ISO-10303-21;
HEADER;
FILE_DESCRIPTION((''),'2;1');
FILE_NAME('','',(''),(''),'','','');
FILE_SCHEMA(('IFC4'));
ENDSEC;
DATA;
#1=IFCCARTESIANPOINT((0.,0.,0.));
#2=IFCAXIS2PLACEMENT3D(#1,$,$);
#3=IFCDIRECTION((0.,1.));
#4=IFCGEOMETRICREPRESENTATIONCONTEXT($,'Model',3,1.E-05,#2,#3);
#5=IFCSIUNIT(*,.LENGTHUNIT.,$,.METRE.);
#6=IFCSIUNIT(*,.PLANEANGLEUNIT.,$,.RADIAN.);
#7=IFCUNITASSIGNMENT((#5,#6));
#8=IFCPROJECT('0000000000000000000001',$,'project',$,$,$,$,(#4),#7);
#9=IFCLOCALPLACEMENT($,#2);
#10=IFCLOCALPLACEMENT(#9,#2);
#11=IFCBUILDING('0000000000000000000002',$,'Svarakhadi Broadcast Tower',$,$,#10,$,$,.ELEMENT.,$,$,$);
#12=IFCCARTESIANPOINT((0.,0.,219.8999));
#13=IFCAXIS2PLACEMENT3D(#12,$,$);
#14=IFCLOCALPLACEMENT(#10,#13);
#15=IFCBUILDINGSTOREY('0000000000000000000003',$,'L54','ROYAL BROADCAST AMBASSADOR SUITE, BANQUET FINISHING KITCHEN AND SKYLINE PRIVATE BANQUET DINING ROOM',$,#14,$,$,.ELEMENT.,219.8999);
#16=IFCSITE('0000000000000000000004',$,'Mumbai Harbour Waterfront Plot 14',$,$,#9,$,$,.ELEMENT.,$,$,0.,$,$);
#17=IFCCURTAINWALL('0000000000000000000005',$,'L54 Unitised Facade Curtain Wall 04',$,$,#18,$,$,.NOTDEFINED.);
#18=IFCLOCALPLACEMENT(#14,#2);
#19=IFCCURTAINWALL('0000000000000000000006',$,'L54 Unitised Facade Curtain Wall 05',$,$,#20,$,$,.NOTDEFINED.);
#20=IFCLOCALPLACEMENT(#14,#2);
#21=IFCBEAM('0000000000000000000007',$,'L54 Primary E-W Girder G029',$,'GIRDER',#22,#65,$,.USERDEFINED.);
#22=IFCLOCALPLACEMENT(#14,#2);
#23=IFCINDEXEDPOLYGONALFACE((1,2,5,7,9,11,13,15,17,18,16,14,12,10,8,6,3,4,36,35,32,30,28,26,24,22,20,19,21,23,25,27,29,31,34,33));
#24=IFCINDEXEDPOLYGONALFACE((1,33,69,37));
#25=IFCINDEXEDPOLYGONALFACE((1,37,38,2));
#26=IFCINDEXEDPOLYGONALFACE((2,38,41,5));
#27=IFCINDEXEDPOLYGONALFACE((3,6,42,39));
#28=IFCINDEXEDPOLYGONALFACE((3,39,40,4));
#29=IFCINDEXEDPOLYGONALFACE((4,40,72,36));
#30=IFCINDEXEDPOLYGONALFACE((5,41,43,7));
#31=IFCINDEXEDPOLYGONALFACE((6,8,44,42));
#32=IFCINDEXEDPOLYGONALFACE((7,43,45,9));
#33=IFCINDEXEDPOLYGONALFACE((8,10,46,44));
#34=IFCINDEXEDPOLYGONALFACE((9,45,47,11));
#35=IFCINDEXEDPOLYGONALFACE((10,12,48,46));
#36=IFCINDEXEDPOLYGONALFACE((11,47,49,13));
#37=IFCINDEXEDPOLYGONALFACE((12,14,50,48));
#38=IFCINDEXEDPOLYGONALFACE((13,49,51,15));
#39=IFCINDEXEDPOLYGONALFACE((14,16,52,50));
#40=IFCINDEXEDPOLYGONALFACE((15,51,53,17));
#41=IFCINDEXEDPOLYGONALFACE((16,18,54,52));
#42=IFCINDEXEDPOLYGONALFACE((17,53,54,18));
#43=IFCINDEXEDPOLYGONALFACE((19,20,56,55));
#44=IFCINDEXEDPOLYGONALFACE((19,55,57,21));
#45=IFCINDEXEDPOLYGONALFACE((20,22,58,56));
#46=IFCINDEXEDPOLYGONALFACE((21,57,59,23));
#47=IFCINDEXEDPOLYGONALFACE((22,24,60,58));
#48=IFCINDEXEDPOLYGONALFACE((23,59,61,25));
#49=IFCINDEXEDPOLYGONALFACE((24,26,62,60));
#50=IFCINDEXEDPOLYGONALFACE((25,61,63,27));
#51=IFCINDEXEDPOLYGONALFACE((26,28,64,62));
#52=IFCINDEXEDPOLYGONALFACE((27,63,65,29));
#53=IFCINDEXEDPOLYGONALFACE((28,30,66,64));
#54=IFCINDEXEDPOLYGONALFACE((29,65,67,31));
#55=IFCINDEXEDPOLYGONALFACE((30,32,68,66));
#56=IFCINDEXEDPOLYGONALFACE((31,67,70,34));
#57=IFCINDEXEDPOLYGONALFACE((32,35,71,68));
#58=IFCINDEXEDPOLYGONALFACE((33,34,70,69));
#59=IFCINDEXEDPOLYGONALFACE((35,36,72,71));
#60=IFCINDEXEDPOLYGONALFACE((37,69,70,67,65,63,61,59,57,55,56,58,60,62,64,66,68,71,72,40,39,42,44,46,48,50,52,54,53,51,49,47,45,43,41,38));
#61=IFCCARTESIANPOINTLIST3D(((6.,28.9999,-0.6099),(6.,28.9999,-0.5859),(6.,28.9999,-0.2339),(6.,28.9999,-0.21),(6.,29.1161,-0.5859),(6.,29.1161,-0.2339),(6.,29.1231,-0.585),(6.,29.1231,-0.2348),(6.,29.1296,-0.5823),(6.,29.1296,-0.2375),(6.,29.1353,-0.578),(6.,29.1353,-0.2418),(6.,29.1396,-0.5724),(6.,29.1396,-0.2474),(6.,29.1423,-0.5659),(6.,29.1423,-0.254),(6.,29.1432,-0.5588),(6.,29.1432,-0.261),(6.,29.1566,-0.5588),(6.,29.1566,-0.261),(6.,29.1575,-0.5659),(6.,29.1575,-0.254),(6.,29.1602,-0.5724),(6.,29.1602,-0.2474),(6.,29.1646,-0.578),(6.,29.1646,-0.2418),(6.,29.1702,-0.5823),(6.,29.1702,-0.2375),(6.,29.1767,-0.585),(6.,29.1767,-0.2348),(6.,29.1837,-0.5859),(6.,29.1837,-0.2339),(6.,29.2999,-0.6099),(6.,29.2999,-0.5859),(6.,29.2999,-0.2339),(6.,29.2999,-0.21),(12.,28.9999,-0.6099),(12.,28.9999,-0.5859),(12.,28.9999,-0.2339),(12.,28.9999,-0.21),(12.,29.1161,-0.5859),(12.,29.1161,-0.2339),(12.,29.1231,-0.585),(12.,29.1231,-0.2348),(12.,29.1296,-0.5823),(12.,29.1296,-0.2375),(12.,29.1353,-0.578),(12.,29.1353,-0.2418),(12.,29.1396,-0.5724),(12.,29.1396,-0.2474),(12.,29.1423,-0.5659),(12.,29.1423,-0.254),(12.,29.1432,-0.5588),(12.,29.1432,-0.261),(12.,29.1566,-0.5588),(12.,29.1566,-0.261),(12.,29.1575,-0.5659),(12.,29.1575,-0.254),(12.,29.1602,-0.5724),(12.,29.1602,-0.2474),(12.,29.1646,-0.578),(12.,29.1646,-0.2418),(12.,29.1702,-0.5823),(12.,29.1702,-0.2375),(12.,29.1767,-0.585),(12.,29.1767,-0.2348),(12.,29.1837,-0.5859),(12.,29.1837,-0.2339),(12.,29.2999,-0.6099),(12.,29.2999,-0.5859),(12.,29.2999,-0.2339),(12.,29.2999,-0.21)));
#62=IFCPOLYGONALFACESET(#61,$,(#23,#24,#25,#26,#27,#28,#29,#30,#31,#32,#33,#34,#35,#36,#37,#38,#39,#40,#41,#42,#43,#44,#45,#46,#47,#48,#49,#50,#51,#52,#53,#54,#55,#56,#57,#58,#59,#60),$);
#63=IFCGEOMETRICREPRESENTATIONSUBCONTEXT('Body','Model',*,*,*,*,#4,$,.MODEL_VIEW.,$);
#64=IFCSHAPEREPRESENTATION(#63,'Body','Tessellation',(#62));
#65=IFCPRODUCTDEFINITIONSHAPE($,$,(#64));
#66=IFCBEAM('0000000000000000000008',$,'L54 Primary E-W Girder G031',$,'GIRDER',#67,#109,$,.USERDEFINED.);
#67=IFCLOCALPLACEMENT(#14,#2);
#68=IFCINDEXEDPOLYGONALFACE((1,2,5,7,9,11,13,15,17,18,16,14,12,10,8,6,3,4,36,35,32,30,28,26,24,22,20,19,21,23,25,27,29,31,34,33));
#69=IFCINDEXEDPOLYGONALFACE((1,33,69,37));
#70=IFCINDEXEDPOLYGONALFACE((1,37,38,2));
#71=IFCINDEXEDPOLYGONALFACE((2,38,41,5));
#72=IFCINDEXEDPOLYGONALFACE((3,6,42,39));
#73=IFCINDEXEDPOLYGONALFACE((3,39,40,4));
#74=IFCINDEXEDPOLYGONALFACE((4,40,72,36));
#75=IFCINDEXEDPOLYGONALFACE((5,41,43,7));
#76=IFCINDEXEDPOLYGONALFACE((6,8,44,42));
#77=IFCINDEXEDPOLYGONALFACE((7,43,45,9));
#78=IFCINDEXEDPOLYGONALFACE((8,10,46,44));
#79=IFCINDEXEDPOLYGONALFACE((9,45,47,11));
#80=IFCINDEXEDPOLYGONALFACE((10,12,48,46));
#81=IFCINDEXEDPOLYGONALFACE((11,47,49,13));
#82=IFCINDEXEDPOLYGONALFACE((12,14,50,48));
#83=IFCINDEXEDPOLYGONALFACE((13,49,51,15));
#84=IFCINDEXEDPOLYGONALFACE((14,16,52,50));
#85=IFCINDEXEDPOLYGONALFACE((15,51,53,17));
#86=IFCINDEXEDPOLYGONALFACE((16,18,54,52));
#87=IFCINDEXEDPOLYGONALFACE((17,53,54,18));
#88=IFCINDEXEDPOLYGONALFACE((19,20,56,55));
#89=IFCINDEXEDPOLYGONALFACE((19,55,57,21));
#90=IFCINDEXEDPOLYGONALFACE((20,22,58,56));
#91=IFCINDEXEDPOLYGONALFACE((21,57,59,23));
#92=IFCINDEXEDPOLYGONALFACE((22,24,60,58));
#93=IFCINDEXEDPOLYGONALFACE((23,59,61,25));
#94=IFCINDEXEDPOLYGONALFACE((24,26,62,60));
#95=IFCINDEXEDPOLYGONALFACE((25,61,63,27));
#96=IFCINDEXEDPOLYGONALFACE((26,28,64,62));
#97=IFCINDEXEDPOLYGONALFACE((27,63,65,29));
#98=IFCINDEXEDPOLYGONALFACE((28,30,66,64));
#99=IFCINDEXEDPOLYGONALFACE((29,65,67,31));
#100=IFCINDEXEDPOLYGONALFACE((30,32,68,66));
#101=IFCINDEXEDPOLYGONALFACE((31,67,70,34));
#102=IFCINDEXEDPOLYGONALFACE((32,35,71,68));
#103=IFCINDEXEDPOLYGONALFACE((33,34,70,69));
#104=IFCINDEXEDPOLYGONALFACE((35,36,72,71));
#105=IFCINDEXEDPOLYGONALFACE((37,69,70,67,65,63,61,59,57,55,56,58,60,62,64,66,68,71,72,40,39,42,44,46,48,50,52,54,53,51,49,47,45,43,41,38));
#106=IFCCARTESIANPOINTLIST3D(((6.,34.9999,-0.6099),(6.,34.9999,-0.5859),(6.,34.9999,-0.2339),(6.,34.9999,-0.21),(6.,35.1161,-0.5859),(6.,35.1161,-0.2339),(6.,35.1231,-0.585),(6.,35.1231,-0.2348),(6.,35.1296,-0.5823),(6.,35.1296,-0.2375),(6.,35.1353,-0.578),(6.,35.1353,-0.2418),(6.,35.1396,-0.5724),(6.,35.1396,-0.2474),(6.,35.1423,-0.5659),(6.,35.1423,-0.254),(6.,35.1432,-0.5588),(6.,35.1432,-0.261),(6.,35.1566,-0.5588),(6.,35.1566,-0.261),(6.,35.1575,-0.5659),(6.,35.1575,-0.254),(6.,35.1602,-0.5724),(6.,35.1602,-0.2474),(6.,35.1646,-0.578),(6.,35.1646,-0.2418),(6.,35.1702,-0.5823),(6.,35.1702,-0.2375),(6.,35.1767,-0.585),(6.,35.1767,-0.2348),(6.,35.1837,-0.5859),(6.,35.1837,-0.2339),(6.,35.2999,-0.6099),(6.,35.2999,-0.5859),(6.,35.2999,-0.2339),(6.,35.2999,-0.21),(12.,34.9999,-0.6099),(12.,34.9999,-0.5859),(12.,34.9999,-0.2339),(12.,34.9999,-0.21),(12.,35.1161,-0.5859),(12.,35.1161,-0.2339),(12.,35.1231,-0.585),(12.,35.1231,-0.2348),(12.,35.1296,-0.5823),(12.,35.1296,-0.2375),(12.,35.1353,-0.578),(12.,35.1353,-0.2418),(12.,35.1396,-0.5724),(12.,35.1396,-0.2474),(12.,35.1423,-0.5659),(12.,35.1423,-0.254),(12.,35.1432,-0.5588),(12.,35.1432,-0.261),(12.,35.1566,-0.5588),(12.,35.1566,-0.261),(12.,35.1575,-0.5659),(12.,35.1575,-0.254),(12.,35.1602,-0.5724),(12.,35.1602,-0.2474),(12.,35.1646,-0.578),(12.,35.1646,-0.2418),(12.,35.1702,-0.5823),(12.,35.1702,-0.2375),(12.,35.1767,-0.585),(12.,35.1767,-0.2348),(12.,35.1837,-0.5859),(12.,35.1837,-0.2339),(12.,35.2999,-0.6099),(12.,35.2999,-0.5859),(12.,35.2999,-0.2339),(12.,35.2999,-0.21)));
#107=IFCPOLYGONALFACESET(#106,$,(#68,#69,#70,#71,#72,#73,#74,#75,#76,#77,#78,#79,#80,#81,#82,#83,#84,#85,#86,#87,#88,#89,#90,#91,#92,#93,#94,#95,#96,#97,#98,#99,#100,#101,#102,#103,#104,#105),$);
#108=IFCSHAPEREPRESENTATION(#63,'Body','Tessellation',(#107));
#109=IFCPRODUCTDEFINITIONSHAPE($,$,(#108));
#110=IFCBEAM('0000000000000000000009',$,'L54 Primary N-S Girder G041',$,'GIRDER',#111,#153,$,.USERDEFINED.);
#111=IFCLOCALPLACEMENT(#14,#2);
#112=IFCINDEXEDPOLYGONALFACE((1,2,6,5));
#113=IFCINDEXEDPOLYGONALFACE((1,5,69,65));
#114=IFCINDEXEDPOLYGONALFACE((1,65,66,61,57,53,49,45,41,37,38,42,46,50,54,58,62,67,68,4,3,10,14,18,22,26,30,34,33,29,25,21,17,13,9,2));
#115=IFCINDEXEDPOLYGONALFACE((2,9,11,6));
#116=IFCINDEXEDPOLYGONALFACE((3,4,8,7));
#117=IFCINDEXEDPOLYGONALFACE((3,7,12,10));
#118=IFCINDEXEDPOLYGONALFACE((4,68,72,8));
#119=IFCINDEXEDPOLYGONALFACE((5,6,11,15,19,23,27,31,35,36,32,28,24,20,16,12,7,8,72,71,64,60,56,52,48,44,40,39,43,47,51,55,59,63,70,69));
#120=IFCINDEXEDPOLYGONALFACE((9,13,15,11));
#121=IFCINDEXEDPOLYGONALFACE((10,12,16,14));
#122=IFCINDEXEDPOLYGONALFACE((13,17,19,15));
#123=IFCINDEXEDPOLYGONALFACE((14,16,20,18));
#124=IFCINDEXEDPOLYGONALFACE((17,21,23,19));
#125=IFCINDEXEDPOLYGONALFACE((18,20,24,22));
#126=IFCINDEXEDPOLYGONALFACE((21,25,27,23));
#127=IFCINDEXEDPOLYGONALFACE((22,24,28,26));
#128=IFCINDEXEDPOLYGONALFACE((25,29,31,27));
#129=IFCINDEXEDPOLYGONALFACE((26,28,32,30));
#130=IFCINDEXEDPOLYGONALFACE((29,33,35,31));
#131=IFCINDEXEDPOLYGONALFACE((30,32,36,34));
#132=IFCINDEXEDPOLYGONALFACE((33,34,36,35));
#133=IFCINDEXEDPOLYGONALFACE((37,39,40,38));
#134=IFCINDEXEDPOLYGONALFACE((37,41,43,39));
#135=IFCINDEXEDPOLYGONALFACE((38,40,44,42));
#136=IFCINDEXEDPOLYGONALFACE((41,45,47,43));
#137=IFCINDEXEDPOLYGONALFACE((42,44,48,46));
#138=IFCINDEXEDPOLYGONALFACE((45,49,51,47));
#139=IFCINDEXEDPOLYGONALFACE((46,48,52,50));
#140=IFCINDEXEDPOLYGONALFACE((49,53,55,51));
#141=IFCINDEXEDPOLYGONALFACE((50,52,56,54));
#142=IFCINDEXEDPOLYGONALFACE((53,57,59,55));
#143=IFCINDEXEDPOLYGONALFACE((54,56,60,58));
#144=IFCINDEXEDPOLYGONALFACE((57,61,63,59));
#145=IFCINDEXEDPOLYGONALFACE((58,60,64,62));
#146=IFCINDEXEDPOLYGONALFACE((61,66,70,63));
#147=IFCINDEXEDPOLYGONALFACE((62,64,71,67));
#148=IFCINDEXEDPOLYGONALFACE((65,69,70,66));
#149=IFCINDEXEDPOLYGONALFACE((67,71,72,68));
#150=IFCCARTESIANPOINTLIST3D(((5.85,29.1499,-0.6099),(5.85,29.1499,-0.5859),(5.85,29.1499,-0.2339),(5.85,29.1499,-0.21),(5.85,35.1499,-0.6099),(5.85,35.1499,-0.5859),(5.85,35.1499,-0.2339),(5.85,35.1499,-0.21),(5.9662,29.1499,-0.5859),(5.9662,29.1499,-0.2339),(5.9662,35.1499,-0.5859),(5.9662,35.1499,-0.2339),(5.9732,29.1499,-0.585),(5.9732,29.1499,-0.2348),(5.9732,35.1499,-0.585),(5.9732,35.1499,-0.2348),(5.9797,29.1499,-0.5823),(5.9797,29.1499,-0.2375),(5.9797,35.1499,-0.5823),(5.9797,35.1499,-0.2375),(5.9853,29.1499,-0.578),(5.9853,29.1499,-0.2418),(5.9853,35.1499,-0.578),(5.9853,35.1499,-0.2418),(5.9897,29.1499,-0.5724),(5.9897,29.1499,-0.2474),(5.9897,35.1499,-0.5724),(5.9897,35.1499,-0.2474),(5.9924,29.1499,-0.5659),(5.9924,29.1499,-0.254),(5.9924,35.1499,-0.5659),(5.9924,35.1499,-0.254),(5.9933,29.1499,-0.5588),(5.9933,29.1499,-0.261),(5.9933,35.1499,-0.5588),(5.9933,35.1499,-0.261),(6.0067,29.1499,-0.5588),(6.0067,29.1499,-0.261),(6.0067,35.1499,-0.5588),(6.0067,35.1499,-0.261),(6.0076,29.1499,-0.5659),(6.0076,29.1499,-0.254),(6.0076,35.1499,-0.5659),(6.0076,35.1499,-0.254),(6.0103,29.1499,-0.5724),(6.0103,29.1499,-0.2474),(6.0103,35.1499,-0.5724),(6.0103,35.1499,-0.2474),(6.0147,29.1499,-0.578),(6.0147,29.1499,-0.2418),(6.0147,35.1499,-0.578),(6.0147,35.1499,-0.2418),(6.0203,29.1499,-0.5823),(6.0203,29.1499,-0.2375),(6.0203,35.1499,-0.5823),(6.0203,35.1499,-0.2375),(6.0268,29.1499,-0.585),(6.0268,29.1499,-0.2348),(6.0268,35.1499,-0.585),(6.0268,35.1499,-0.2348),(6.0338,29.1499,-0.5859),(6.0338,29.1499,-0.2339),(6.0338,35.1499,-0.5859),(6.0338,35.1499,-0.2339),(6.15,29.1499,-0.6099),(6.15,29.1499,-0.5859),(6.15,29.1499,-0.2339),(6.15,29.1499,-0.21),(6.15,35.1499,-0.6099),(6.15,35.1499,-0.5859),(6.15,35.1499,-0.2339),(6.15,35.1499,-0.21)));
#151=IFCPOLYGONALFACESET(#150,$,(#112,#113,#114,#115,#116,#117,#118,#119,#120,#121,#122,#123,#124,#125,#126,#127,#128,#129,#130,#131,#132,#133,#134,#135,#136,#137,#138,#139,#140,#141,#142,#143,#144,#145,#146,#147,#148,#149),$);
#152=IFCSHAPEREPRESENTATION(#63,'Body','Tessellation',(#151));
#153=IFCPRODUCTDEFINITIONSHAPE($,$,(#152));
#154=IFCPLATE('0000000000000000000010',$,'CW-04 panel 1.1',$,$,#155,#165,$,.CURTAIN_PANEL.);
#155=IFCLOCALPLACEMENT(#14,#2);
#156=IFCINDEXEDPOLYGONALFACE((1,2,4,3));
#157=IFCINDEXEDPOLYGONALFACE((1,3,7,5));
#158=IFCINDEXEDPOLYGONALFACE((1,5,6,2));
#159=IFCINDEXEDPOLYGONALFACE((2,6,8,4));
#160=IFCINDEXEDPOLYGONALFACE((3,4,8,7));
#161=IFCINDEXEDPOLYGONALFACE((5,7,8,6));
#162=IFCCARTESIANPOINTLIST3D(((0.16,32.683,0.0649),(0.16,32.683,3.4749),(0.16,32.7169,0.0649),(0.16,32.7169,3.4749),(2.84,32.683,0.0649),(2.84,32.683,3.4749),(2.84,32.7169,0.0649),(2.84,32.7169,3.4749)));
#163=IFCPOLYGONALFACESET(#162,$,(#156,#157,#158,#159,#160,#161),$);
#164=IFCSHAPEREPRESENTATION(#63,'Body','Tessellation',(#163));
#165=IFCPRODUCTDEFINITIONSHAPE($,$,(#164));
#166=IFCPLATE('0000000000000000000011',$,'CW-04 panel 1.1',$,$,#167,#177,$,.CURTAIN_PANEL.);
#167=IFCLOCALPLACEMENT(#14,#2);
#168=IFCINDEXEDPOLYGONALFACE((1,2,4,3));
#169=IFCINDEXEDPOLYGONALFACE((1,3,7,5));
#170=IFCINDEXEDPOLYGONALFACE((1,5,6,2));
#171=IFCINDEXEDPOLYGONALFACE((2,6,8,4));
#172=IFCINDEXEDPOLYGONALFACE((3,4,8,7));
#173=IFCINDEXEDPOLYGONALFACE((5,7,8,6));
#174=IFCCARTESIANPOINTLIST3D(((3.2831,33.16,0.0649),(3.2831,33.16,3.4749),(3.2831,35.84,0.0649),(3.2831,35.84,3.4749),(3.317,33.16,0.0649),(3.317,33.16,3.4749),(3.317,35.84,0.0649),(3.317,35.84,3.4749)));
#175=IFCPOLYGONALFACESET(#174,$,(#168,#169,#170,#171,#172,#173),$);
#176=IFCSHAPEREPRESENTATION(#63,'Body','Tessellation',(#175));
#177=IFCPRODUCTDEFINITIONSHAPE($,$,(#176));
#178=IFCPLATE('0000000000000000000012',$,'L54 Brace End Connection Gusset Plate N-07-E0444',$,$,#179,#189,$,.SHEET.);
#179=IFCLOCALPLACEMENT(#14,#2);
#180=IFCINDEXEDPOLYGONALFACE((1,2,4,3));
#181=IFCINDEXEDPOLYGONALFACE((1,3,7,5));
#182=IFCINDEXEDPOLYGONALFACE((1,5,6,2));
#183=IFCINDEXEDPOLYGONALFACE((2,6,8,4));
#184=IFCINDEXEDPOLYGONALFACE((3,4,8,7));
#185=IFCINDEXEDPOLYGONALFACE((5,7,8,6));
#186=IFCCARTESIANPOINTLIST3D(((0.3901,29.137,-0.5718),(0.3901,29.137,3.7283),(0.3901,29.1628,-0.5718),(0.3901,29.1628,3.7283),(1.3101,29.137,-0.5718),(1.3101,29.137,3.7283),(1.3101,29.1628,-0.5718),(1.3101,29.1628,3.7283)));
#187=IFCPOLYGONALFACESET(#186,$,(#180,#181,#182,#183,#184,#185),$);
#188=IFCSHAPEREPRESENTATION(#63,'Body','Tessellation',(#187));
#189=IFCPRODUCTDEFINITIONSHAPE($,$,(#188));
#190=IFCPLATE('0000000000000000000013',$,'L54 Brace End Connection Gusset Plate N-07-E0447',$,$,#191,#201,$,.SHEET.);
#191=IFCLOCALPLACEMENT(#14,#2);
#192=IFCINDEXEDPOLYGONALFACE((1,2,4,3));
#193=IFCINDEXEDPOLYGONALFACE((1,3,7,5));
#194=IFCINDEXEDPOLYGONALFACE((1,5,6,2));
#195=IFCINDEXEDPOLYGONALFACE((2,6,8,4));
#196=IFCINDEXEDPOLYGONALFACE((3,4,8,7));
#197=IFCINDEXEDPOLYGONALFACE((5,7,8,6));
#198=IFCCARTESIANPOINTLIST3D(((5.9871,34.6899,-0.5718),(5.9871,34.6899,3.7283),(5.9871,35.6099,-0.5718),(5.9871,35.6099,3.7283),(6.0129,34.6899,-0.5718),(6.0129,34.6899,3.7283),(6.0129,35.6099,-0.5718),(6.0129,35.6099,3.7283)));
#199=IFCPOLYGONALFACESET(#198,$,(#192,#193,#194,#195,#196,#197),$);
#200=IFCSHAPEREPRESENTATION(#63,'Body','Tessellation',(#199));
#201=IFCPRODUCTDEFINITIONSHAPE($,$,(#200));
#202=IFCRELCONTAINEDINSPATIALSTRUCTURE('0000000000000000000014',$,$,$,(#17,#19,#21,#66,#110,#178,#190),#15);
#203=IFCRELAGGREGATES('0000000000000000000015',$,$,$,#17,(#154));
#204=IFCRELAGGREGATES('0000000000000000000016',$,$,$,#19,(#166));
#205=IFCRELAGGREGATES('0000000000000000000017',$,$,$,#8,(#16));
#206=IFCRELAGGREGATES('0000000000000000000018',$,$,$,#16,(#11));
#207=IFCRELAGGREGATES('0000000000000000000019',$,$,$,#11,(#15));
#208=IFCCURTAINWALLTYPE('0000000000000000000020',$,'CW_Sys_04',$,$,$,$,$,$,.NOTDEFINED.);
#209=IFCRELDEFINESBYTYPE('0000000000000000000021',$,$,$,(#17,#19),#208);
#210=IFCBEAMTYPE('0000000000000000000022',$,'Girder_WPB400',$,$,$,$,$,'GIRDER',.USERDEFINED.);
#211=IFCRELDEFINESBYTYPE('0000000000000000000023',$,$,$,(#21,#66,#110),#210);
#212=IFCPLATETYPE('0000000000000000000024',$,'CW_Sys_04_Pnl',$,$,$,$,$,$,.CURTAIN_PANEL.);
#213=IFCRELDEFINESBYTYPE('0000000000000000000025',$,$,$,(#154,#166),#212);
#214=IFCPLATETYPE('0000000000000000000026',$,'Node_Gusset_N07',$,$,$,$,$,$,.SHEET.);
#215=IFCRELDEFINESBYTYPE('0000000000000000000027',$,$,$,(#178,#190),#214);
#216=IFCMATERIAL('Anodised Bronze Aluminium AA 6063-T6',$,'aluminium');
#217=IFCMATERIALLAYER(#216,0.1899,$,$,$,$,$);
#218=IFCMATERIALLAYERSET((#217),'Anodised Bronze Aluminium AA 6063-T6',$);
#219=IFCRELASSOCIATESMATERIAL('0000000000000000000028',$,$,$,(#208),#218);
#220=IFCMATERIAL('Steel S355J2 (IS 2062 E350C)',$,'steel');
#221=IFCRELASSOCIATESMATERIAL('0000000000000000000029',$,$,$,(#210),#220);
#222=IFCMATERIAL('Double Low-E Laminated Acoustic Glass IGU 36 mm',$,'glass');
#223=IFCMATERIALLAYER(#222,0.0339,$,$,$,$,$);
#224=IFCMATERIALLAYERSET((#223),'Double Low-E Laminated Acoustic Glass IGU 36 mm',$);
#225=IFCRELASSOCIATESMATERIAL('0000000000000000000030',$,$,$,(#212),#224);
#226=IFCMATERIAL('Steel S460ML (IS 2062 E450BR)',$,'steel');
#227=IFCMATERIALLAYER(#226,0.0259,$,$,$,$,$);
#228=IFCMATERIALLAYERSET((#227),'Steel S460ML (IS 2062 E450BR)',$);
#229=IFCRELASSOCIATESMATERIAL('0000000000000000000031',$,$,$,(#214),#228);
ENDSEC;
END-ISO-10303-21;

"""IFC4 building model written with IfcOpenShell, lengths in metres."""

from ifc_helpers import new_model, si_unit, direction, frame, origin, origin_2d, place, context, subcontext, project, spatial, rectangle, i_section, extrude, material, layer, layer_set, material_profile, profile_set, type_object, element, aggregate, save


model = new_model("IFC4")

# Units and contexts
model_context = context("Model", 3, precision=1e-05, world=origin(), true_north=direction((0.0, 1.0)))
body_context = subcontext(model_context, "Body", "Model", "MODEL_VIEW")
ifc_project = project(units=[si_unit("LENGTHUNIT", "METRE"), si_unit("PLANEANGLEUNIT", "RADIAN")], contexts=[model_context])

# Site, building, storey
site_placement = place(None, origin())
site = spatial("IfcSite", under=ifc_project, at=site_placement, Name="Mumbai Harbour Waterfront Plot 14", CompositionType="ELEMENT", RefElevation=0.0)
building_placement = place(site_placement, origin())
building = spatial("IfcBuilding", under=site, at=building_placement, Name="Svarakhadi Broadcast Tower", CompositionType="ELEMENT")
storey_placement = place(building_placement, frame((0.0, 0.0, 219.8999)))
storey = spatial("IfcBuildingStorey", under=building, at=storey_placement, Name="L54", Description="ROYAL BROADCAST AMBASSADOR SUITE, BANQUET FINISHING KITCHEN AND SKYLINE PRIVATE BANQUET DINING ROOM", CompositionType="ELEMENT", Elevation=219.8999)

# Shared definitions
ifc_material_1 = material(Name="Steel S460ML (IS 2062 E450BR)", Category="steel")

# Shared definitions
ifc_material_2 = material(Name="Anodised Bronze Aluminium AA 6063-T6", Category="aluminium")
ifc_layer_1 = layer(ifc_material_2, 0.1899)
ifc_layer_set_1 = layer_set([ifc_layer_1], Name="Anodised Bronze Aluminium AA 6063-T6")
curtain_wall_type = type_object("IfcCurtainWallType", Name="CW_Sys_04", PredefinedType="NOTDEFINED", material=ifc_layer_set_1)

# Curtain walls
curtain_wall_1_placement = place(storey_placement, origin())
curtain_wall_1 = element("IfcCurtainWall", 1, at=curtain_wall_1_placement, inside=storey, type_object=curtain_wall_type, Name="L54 Unitised Facade Curtain Wall 04", PredefinedType="NOTDEFINED")
curtain_wall_2_placement = place(storey_placement, origin())
curtain_wall_2 = element("IfcCurtainWall", 2, at=curtain_wall_2_placement, inside=storey, type_object=curtain_wall_type, Name="L54 Unitised Facade Curtain Wall 05", PredefinedType="NOTDEFINED")

# Beams
ifc_material_3 = material(Name="Steel S355J2 (IS 2062 E350C)", Category="steel")
ifc_material_profile_1 = material_profile(ifc_material_3, i_section(OverallWidth=0.3, OverallDepth=0.3999, WebThickness=0.0134, FlangeThickness=0.0239, FilletRadius=0.0271, at=origin_2d()), Name="WPB 400x300x155")
ifc_profile_set_1 = profile_set([ifc_material_profile_1], Name="Steel S355J2 (IS 2062 E350C)")
beam_type = type_object("IfcBeamType", Name="Girder_WPB400", ElementType="GIRDER", PredefinedType="USERDEFINED", material=ifc_profile_set_1)
for number, where, z_axis, x_axis, name in (
    (3, (6.0, 29.1499, -0.4099), (1.0, 0.0, 0.0), (0.0, 1.0, 0.0), "L54 Primary E-W Girder G029"),
    (4, (6.0, 35.1499, -0.4099), (1.0, 0.0, 0.0), (0.0, 1.0, 0.0), "L54 Primary E-W Girder G031"),
    (5, (6.0, 29.1499, -0.4099), (0.0, 1.0, 0.0), (-1.0, 0.0, 0.0), "L54 Primary N-S Girder G041"),
):
    element("IfcBeam", number, at=place(storey_placement, frame(where, z_axis=z_axis, x_axis=x_axis)), inside=storey, type_object=beam_type, Name=name, ObjectType="GIRDER", PredefinedType="USERDEFINED", context=body_context, shape_type="SweptSolid", body=[
        extrude(i_section(OverallWidth=0.3, OverallDepth=0.3999, WebThickness=0.0134, FlangeThickness=0.0239, FilletRadius=0.0271, at=origin_2d()), origin(), (0.0, 0.0, 1.0), 6.0),
    ])

# Plates
ifc_material_4 = material(Name="Double Low-E Laminated Acoustic Glass IGU 36 mm", Category="glass")
ifc_layer_2 = layer(ifc_material_4, 0.0339)
ifc_layer_set_2 = layer_set([ifc_layer_2], Name="Double Low-E Laminated Acoustic Glass IGU 36 mm")
plate_type_1 = type_object("IfcPlateType", Name="CW_Sys_04_Pnl", PredefinedType="CURTAIN_PANEL", material=ifc_layer_set_2)
plate_1_placement = place(storey_placement, frame((1.5, 32.7, 0.0649), z_axis=(0.0, 0.0, 1.0), x_axis=(1.0, 0.0, 0.0)))
plate_1 = element("IfcPlate", 6, at=plate_1_placement, type_object=plate_type_1, Name="CW-04 panel 1.1", PredefinedType="CURTAIN_PANEL", context=body_context, shape_type="SweptSolid", body=[
    extrude(rectangle(XDim=2.6799, YDim=0.0339, at=origin_2d()), origin(), (0.0, 0.0, 1.0), 3.4099),
])
aggregate(curtain_wall_1, [plate_1])
plate_2_placement = place(storey_placement, frame((3.3, 34.5, 0.0649), z_axis=(0.0, 0.0, 1.0), x_axis=(0.0, 1.0, 0.0)))
plate_2 = element("IfcPlate", 7, at=plate_2_placement, type_object=plate_type_1, Name="CW-04 panel 1.1", PredefinedType="CURTAIN_PANEL", context=body_context, shape_type="SweptSolid", body=[
    extrude(rectangle(XDim=2.6799, YDim=0.0339, at=origin_2d()), origin(), (0.0, 0.0, 1.0), 3.4099),
])
aggregate(curtain_wall_2, [plate_2])

# Plates
ifc_layer_3 = layer(ifc_material_1, 0.0259)
ifc_layer_set_3 = layer_set([ifc_layer_3], Name="Steel S460ML (IS 2062 E450BR)")
plate_type_2 = type_object("IfcPlateType", Name="Node_Gusset_N07", PredefinedType="SHEET", material=ifc_layer_set_3)
for number, where, z_axis, x_axis, name in (
    (8, (0.8501, 29.1499, -0.5718), (0.0, 0.0, 1.0), (1.0, 0.0, 0.0), "L54 Brace End Connection Gusset Plate N-07-E0444"),
    (9, (6.0, 35.1499, -0.5718), (0.0, 0.0, 1.0), (0.0, 1.0, 0.0), "L54 Brace End Connection Gusset Plate N-07-E0447"),
):
    element("IfcPlate", number, at=place(storey_placement, frame(where, z_axis=z_axis, x_axis=x_axis)), inside=storey, type_object=plate_type_2, Name=name, PredefinedType="SHEET", context=body_context, shape_type="SweptSolid", body=[
        extrude(rectangle(XDim=0.9199, YDim=0.0259, at=origin_2d()), origin(), (0.0, 0.0, 1.0), 4.3),
    ])

save(model, "model.ifc")
